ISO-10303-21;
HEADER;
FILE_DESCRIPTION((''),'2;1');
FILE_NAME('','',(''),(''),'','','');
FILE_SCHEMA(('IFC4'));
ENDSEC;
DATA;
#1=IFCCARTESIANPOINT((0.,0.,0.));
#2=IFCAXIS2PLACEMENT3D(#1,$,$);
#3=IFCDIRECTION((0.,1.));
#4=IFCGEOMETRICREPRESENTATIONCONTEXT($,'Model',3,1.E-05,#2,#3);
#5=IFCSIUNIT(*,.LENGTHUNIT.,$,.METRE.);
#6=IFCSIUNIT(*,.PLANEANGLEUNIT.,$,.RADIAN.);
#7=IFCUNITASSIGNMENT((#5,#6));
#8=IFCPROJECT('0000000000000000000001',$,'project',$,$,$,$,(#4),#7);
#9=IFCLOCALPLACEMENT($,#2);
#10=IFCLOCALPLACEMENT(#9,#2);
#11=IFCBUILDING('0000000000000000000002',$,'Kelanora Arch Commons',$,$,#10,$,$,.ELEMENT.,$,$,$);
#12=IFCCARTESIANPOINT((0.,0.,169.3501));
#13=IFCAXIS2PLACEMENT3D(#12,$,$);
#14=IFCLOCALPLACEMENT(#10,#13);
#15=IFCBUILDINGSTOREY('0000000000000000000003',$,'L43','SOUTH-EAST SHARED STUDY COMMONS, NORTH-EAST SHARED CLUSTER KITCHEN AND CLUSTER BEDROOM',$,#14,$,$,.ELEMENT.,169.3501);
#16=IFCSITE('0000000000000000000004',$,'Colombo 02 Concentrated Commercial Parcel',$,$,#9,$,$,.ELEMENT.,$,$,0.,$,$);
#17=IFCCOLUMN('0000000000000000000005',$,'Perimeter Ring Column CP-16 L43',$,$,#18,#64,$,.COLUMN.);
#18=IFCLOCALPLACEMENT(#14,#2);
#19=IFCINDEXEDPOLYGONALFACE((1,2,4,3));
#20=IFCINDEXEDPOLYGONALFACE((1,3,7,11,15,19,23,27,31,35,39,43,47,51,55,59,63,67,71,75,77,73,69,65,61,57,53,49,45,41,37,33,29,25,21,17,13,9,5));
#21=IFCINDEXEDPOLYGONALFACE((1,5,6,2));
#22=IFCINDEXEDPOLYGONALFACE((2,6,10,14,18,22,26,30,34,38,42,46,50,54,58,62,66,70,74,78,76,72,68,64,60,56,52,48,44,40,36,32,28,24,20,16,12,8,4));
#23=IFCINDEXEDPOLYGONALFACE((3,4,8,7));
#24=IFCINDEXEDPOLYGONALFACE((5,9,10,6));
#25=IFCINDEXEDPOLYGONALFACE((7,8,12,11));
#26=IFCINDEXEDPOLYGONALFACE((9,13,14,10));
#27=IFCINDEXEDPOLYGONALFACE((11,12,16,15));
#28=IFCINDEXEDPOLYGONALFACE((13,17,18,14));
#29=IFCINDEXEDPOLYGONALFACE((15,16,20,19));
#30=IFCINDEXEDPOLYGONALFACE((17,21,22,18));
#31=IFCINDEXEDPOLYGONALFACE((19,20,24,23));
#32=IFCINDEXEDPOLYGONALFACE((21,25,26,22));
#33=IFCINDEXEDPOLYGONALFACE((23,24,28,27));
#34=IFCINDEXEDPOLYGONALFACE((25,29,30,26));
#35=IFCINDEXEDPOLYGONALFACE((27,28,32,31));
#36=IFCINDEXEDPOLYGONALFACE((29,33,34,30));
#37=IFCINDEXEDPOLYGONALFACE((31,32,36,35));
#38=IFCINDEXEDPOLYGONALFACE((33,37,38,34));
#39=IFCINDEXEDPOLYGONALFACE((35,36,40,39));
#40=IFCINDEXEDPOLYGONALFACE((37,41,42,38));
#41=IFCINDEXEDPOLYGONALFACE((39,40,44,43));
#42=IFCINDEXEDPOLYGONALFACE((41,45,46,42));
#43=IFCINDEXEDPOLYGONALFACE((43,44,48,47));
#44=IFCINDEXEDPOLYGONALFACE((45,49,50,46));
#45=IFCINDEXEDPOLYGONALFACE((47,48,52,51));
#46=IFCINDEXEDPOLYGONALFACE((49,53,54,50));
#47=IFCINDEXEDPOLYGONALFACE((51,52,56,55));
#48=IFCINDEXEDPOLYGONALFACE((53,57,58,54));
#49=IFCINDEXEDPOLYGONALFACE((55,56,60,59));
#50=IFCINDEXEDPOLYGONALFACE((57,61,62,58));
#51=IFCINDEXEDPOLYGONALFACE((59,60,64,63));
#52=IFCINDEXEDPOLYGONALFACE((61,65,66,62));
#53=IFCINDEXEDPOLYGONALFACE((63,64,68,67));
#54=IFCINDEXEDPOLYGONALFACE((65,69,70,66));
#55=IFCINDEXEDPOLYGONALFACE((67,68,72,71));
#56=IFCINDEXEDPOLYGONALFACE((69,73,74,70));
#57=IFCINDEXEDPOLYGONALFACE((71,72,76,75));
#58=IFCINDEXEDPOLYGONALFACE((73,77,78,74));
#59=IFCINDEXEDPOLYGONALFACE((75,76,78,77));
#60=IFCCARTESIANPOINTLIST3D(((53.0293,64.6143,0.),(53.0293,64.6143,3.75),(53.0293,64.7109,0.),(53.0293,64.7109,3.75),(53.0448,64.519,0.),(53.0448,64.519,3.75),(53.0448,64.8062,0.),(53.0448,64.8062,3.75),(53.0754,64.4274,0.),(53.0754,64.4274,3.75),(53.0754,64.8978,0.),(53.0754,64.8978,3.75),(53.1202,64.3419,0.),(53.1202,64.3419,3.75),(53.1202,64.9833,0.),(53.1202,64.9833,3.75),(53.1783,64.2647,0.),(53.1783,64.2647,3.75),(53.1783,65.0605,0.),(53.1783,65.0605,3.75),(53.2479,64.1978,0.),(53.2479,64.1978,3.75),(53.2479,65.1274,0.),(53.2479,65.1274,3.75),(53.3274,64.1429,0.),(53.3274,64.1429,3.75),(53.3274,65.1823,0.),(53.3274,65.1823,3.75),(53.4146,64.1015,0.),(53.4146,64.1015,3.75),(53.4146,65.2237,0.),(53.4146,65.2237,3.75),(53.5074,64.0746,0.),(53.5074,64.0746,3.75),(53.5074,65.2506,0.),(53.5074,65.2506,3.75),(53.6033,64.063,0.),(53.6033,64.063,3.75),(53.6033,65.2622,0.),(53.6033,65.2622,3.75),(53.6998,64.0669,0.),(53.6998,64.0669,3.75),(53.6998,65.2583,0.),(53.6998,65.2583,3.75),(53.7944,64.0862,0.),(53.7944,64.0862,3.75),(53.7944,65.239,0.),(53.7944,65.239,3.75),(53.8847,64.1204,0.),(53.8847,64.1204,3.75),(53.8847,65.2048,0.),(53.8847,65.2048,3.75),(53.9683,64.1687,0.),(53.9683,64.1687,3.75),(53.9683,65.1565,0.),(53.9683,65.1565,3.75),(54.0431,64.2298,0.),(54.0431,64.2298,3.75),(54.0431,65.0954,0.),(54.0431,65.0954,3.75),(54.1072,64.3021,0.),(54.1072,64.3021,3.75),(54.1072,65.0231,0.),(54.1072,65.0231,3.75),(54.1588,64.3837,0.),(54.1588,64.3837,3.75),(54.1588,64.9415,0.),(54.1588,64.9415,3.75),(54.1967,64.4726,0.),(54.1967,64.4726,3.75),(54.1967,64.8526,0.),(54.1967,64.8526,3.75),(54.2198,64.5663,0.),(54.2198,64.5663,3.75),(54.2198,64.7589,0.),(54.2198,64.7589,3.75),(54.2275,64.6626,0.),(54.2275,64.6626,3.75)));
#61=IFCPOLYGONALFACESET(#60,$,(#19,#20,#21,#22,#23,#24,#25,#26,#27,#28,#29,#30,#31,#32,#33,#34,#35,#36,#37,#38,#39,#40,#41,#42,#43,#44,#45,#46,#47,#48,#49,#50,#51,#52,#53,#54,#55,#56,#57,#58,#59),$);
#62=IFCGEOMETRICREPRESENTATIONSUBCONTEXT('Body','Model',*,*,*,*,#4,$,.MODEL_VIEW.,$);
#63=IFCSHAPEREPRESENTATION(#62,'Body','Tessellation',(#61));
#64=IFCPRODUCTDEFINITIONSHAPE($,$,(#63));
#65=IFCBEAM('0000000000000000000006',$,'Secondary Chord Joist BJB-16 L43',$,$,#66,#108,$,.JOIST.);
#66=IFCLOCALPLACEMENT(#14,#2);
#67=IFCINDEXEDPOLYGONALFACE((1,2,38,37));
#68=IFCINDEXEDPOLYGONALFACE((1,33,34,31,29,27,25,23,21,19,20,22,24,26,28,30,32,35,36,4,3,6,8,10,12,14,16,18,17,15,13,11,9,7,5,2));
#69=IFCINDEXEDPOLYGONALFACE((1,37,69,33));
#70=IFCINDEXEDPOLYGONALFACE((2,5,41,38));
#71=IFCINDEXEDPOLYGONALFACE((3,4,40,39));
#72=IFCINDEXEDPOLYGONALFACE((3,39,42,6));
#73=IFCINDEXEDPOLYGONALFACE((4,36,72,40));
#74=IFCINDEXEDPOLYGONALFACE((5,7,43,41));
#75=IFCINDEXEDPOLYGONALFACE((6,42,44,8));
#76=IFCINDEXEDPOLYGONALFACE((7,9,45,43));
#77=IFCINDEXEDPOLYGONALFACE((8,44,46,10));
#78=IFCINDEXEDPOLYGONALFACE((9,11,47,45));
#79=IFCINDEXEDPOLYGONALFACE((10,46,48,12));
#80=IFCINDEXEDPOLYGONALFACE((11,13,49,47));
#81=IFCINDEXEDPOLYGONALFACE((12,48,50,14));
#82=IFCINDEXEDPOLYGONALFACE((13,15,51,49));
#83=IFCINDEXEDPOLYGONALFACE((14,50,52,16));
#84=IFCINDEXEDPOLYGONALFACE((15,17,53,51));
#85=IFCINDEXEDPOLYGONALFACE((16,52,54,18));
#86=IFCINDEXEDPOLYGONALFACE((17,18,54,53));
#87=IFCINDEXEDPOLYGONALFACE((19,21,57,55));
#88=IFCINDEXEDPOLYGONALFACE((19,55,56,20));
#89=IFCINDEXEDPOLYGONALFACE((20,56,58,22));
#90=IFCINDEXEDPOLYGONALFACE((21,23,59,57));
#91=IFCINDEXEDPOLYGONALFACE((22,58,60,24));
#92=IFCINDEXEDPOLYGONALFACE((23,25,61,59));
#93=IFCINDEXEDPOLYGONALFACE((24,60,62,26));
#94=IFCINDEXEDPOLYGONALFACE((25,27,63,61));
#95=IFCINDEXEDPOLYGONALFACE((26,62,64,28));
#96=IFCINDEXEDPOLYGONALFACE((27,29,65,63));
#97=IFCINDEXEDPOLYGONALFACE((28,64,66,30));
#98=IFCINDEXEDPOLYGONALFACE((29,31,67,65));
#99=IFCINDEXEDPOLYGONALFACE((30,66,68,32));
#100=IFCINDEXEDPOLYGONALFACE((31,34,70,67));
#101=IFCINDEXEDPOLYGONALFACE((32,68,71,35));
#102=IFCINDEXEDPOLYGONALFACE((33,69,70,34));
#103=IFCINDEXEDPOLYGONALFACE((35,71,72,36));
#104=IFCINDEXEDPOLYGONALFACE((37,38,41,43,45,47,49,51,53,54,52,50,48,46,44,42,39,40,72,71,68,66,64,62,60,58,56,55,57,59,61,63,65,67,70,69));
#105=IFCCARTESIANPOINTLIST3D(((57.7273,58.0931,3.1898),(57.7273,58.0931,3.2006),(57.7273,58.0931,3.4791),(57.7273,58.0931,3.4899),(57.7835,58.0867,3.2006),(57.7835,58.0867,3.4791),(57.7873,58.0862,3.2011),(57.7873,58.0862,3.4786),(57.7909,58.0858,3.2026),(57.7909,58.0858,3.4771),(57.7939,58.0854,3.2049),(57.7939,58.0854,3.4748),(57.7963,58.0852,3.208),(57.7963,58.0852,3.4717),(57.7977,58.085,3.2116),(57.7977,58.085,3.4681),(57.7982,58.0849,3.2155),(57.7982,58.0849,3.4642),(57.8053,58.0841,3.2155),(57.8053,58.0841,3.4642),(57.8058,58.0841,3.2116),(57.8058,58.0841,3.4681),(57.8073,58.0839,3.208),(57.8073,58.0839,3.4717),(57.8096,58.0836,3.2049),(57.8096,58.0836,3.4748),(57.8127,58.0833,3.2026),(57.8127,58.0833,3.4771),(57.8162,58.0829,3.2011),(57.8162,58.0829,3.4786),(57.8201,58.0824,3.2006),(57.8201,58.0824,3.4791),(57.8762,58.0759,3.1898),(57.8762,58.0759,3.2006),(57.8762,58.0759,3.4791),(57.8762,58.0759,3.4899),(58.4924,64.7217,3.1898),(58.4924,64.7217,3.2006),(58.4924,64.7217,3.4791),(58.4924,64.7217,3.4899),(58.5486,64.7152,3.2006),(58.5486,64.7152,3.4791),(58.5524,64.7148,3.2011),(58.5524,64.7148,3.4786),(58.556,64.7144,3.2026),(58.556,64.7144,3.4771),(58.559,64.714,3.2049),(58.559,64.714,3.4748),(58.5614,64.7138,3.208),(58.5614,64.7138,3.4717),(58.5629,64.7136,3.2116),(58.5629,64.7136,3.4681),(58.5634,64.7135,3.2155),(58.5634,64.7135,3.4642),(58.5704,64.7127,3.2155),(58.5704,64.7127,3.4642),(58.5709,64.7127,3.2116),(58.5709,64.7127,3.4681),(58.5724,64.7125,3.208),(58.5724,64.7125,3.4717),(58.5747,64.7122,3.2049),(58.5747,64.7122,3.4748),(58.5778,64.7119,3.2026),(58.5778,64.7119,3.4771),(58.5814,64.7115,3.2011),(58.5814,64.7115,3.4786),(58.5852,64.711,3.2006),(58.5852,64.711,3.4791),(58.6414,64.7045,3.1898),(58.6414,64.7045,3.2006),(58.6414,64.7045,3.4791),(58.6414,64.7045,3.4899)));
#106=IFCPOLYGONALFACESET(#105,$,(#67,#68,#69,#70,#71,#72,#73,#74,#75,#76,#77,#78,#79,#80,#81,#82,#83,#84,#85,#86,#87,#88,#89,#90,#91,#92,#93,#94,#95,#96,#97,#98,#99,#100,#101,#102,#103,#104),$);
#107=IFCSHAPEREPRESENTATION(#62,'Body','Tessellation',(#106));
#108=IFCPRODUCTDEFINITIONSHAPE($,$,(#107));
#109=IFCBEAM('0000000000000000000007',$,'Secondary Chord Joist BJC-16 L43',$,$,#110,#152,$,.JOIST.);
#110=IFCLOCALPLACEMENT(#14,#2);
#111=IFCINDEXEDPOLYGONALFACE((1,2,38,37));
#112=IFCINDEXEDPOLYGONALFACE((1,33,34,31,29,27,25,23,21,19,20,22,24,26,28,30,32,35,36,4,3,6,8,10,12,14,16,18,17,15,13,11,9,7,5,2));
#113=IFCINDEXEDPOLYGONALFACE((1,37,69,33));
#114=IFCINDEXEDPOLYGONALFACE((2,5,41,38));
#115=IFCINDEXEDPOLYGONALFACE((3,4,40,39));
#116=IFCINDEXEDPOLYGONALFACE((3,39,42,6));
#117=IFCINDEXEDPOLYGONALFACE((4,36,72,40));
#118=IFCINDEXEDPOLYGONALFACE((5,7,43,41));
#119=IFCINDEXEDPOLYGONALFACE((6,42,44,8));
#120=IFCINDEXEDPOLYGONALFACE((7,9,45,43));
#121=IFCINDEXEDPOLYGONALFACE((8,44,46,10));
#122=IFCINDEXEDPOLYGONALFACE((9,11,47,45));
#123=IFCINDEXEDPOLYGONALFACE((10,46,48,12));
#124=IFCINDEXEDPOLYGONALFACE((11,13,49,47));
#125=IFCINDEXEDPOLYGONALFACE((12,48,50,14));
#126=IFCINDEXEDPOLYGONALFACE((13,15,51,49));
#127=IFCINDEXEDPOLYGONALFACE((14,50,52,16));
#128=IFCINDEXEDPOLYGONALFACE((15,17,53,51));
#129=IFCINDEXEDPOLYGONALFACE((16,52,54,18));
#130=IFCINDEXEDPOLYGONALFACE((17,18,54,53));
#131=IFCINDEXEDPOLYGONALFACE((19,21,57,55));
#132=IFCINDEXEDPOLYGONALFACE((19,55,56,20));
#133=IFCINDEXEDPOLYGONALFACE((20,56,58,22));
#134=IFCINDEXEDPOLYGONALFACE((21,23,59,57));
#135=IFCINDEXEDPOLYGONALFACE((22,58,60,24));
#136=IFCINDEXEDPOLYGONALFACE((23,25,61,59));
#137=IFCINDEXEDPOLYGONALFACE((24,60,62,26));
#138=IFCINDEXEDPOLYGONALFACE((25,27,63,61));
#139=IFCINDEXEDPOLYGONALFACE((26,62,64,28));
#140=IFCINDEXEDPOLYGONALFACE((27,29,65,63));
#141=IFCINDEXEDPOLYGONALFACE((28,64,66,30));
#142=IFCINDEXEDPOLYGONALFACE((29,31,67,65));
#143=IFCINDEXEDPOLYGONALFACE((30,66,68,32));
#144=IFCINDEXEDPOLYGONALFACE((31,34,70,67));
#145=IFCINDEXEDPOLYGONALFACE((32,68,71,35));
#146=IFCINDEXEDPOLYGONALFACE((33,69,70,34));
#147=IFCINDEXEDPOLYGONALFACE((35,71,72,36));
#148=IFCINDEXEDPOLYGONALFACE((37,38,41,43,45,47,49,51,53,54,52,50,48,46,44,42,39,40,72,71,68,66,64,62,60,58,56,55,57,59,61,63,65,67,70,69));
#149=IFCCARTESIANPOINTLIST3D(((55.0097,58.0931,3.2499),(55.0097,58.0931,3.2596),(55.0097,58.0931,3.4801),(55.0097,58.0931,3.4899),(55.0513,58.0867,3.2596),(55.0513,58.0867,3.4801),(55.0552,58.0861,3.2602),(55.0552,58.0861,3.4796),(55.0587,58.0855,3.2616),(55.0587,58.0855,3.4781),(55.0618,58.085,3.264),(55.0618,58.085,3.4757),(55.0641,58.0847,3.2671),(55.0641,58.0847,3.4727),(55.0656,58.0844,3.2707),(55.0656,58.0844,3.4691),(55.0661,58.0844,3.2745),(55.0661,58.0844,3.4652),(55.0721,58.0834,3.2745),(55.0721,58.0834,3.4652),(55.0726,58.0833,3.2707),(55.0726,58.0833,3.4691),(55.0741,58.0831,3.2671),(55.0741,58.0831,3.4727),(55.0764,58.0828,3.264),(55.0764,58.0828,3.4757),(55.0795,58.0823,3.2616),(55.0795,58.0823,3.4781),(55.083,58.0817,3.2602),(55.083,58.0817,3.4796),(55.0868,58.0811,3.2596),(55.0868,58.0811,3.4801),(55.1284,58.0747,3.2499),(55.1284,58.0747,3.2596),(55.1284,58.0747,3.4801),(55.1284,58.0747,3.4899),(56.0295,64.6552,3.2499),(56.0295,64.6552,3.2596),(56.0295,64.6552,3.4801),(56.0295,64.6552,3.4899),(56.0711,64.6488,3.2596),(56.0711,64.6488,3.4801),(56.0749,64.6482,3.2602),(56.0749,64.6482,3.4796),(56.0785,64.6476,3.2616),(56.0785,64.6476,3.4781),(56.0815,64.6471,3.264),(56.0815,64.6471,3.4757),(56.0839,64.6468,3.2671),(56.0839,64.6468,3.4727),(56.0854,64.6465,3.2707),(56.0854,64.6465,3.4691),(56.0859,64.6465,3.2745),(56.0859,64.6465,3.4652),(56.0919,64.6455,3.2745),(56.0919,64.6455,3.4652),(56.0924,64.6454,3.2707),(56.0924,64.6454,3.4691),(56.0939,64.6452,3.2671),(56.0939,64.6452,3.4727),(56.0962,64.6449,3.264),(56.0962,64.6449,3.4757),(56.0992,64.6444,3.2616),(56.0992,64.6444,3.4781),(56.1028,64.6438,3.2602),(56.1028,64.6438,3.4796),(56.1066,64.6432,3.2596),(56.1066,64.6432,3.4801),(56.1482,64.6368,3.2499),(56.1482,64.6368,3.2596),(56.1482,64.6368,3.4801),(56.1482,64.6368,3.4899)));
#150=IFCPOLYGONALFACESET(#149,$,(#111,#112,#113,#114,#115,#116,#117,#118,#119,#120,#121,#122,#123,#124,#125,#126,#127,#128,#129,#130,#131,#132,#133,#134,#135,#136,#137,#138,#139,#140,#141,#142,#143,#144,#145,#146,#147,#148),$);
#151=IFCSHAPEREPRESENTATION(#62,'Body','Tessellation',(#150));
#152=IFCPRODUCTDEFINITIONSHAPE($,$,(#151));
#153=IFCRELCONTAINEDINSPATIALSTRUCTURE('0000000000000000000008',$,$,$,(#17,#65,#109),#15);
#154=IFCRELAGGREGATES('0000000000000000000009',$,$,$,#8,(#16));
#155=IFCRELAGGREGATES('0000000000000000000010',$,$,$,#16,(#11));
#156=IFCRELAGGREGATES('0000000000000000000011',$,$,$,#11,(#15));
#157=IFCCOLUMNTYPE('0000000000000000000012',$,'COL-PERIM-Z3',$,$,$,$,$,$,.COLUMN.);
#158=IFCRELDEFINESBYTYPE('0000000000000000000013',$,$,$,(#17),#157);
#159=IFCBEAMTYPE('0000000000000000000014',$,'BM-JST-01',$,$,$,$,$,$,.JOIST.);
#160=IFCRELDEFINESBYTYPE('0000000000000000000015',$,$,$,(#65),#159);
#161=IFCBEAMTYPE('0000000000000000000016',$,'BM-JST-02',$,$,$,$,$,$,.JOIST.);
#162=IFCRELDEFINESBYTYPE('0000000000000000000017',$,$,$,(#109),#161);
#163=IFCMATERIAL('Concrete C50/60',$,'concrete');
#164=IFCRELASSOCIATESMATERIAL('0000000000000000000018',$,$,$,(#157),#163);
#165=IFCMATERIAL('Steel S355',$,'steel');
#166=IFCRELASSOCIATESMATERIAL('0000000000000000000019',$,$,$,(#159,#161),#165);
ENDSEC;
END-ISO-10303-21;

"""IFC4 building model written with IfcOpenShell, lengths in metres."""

from ifc_helpers import new_model, si_unit, direction, frame, origin, origin_2d, place, context, subcontext, project, spatial, circle, i_section, extrude, material, material_profile, profile_set, type_object, element, save


model = new_model("IFC4")

# Units and contexts
model_context = context("Model", 3, precision=1e-05, world=origin(), true_north=direction((0.0, 1.0)))
body_context = subcontext(model_context, "Body", "Model", "MODEL_VIEW")
ifc_project = project(units=[si_unit("LENGTHUNIT", "METRE"), si_unit("PLANEANGLEUNIT", "RADIAN")], contexts=[model_context])

# Site, building, storey
site_placement = place(None, origin())
site = spatial("IfcSite", under=ifc_project, at=site_placement, Name="Colombo 02 Concentrated Commercial Parcel", CompositionType="ELEMENT", RefElevation=0.0)
building_placement = place(site_placement, origin())
building = spatial("IfcBuilding", under=site, at=building_placement, Name="Kelanora Arch Commons", CompositionType="ELEMENT")
storey_placement = place(building_placement, frame((0.0, 0.0, 169.3501)))
storey = spatial("IfcBuildingStorey", under=building, at=storey_placement, Name="L43", Description="SOUTH-EAST SHARED STUDY COMMONS, NORTH-EAST SHARED CLUSTER KITCHEN AND CLUSTER BEDROOM", CompositionType="ELEMENT", Elevation=169.3501)

# Column
ifc_material_1 = material(Name="Concrete C50/60", Category="concrete")
ifc_material_profile_1 = material_profile(ifc_material_1, circle(Radius=0.6001, at=origin_2d()), Name="RCC1200")
ifc_profile_set_1 = profile_set([ifc_material_profile_1], Name="Concrete C50/60")
column_type = type_object("IfcColumnType", Name="COL-PERIM-Z3", PredefinedType="COLUMN", material=ifc_profile_set_1)
column_placement = place(storey_placement, frame((53.6274, 64.6626, 0.0), z_axis=(0.0, 0.0, 1.0), x_axis=(1.0, 0.0, 0.0)))
element("IfcColumn", 1, at=column_placement, inside=storey, type_object=column_type, Name="Perimeter Ring Column CP-16 L43", PredefinedType="COLUMN", context=body_context, shape_type="SweptSolid", body=[
    extrude(circle(Radius=0.6001, at=origin_2d()), origin(), (0.0, 0.0, 1.0), 3.75),
])

# Beams
ifc_material_2 = material(Name="Steel S355", Category="steel")
ifc_material_profile_2 = material_profile(ifc_material_2, i_section(OverallWidth=0.1499, OverallDepth=0.3, WebThickness=0.0071, FlangeThickness=0.0107, FilletRadius=0.0149, at=origin_2d()), Name="IPE300")
ifc_profile_set_2 = profile_set([ifc_material_profile_2], Name="Steel S355")
beam_type_1 = type_object("IfcBeamType", Name="BM-JST-01", PredefinedType="JOIST", material=ifc_profile_set_2)
beam_1_placement = place(storey_placement, frame((58.5669, 64.7131, 3.3398), z_axis=(-0.114667, -0.993404, 0.0), x_axis=(0.993404, -0.114667, 0.0)))
element("IfcBeam", 2, at=beam_1_placement, inside=storey, type_object=beam_type_1, Name="Secondary Chord Joist BJB-16 L43", PredefinedType="JOIST", context=body_context, shape_type="SweptSolid", body=[
    extrude(i_section(OverallWidth=0.1499, OverallDepth=0.3, WebThickness=0.0071, FlangeThickness=0.0107, FilletRadius=0.0149, at=origin_2d()), origin(), (0.0, 0.0, 1.0), 6.6726),
])
ifc_material_profile_3 = material_profile(ifc_material_2, i_section(OverallWidth=0.1201, OverallDepth=0.24, WebThickness=0.0061, FlangeThickness=0.0098, FilletRadius=0.0149, at=origin_2d()), Name="IPE240")
ifc_profile_set_3 = profile_set([ifc_material_profile_3], Name="Steel S355")
beam_type_2 = type_object("IfcBeamType", Name="BM-JST-02", PredefinedType="JOIST", material=ifc_profile_set_3)
beam_2_placement = place(storey_placement, frame((56.0889, 64.646, 3.3699), z_axis=(-0.153563, -0.988139, 0.0), x_axis=(0.988139, -0.153563, 0.0)))
element("IfcBeam", 3, at=beam_2_placement, inside=storey, type_object=beam_type_2, Name="Secondary Chord Joist BJC-16 L43", PredefinedType="JOIST", context=body_context, shape_type="SweptSolid", body=[
    extrude(i_section(OverallWidth=0.1201, OverallDepth=0.24, WebThickness=0.0061, FlangeThickness=0.0098, FilletRadius=0.0149, at=origin_2d()), origin(), (0.0, 0.0, 1.0), 6.6409),
])

save(model, "model.ifc")
